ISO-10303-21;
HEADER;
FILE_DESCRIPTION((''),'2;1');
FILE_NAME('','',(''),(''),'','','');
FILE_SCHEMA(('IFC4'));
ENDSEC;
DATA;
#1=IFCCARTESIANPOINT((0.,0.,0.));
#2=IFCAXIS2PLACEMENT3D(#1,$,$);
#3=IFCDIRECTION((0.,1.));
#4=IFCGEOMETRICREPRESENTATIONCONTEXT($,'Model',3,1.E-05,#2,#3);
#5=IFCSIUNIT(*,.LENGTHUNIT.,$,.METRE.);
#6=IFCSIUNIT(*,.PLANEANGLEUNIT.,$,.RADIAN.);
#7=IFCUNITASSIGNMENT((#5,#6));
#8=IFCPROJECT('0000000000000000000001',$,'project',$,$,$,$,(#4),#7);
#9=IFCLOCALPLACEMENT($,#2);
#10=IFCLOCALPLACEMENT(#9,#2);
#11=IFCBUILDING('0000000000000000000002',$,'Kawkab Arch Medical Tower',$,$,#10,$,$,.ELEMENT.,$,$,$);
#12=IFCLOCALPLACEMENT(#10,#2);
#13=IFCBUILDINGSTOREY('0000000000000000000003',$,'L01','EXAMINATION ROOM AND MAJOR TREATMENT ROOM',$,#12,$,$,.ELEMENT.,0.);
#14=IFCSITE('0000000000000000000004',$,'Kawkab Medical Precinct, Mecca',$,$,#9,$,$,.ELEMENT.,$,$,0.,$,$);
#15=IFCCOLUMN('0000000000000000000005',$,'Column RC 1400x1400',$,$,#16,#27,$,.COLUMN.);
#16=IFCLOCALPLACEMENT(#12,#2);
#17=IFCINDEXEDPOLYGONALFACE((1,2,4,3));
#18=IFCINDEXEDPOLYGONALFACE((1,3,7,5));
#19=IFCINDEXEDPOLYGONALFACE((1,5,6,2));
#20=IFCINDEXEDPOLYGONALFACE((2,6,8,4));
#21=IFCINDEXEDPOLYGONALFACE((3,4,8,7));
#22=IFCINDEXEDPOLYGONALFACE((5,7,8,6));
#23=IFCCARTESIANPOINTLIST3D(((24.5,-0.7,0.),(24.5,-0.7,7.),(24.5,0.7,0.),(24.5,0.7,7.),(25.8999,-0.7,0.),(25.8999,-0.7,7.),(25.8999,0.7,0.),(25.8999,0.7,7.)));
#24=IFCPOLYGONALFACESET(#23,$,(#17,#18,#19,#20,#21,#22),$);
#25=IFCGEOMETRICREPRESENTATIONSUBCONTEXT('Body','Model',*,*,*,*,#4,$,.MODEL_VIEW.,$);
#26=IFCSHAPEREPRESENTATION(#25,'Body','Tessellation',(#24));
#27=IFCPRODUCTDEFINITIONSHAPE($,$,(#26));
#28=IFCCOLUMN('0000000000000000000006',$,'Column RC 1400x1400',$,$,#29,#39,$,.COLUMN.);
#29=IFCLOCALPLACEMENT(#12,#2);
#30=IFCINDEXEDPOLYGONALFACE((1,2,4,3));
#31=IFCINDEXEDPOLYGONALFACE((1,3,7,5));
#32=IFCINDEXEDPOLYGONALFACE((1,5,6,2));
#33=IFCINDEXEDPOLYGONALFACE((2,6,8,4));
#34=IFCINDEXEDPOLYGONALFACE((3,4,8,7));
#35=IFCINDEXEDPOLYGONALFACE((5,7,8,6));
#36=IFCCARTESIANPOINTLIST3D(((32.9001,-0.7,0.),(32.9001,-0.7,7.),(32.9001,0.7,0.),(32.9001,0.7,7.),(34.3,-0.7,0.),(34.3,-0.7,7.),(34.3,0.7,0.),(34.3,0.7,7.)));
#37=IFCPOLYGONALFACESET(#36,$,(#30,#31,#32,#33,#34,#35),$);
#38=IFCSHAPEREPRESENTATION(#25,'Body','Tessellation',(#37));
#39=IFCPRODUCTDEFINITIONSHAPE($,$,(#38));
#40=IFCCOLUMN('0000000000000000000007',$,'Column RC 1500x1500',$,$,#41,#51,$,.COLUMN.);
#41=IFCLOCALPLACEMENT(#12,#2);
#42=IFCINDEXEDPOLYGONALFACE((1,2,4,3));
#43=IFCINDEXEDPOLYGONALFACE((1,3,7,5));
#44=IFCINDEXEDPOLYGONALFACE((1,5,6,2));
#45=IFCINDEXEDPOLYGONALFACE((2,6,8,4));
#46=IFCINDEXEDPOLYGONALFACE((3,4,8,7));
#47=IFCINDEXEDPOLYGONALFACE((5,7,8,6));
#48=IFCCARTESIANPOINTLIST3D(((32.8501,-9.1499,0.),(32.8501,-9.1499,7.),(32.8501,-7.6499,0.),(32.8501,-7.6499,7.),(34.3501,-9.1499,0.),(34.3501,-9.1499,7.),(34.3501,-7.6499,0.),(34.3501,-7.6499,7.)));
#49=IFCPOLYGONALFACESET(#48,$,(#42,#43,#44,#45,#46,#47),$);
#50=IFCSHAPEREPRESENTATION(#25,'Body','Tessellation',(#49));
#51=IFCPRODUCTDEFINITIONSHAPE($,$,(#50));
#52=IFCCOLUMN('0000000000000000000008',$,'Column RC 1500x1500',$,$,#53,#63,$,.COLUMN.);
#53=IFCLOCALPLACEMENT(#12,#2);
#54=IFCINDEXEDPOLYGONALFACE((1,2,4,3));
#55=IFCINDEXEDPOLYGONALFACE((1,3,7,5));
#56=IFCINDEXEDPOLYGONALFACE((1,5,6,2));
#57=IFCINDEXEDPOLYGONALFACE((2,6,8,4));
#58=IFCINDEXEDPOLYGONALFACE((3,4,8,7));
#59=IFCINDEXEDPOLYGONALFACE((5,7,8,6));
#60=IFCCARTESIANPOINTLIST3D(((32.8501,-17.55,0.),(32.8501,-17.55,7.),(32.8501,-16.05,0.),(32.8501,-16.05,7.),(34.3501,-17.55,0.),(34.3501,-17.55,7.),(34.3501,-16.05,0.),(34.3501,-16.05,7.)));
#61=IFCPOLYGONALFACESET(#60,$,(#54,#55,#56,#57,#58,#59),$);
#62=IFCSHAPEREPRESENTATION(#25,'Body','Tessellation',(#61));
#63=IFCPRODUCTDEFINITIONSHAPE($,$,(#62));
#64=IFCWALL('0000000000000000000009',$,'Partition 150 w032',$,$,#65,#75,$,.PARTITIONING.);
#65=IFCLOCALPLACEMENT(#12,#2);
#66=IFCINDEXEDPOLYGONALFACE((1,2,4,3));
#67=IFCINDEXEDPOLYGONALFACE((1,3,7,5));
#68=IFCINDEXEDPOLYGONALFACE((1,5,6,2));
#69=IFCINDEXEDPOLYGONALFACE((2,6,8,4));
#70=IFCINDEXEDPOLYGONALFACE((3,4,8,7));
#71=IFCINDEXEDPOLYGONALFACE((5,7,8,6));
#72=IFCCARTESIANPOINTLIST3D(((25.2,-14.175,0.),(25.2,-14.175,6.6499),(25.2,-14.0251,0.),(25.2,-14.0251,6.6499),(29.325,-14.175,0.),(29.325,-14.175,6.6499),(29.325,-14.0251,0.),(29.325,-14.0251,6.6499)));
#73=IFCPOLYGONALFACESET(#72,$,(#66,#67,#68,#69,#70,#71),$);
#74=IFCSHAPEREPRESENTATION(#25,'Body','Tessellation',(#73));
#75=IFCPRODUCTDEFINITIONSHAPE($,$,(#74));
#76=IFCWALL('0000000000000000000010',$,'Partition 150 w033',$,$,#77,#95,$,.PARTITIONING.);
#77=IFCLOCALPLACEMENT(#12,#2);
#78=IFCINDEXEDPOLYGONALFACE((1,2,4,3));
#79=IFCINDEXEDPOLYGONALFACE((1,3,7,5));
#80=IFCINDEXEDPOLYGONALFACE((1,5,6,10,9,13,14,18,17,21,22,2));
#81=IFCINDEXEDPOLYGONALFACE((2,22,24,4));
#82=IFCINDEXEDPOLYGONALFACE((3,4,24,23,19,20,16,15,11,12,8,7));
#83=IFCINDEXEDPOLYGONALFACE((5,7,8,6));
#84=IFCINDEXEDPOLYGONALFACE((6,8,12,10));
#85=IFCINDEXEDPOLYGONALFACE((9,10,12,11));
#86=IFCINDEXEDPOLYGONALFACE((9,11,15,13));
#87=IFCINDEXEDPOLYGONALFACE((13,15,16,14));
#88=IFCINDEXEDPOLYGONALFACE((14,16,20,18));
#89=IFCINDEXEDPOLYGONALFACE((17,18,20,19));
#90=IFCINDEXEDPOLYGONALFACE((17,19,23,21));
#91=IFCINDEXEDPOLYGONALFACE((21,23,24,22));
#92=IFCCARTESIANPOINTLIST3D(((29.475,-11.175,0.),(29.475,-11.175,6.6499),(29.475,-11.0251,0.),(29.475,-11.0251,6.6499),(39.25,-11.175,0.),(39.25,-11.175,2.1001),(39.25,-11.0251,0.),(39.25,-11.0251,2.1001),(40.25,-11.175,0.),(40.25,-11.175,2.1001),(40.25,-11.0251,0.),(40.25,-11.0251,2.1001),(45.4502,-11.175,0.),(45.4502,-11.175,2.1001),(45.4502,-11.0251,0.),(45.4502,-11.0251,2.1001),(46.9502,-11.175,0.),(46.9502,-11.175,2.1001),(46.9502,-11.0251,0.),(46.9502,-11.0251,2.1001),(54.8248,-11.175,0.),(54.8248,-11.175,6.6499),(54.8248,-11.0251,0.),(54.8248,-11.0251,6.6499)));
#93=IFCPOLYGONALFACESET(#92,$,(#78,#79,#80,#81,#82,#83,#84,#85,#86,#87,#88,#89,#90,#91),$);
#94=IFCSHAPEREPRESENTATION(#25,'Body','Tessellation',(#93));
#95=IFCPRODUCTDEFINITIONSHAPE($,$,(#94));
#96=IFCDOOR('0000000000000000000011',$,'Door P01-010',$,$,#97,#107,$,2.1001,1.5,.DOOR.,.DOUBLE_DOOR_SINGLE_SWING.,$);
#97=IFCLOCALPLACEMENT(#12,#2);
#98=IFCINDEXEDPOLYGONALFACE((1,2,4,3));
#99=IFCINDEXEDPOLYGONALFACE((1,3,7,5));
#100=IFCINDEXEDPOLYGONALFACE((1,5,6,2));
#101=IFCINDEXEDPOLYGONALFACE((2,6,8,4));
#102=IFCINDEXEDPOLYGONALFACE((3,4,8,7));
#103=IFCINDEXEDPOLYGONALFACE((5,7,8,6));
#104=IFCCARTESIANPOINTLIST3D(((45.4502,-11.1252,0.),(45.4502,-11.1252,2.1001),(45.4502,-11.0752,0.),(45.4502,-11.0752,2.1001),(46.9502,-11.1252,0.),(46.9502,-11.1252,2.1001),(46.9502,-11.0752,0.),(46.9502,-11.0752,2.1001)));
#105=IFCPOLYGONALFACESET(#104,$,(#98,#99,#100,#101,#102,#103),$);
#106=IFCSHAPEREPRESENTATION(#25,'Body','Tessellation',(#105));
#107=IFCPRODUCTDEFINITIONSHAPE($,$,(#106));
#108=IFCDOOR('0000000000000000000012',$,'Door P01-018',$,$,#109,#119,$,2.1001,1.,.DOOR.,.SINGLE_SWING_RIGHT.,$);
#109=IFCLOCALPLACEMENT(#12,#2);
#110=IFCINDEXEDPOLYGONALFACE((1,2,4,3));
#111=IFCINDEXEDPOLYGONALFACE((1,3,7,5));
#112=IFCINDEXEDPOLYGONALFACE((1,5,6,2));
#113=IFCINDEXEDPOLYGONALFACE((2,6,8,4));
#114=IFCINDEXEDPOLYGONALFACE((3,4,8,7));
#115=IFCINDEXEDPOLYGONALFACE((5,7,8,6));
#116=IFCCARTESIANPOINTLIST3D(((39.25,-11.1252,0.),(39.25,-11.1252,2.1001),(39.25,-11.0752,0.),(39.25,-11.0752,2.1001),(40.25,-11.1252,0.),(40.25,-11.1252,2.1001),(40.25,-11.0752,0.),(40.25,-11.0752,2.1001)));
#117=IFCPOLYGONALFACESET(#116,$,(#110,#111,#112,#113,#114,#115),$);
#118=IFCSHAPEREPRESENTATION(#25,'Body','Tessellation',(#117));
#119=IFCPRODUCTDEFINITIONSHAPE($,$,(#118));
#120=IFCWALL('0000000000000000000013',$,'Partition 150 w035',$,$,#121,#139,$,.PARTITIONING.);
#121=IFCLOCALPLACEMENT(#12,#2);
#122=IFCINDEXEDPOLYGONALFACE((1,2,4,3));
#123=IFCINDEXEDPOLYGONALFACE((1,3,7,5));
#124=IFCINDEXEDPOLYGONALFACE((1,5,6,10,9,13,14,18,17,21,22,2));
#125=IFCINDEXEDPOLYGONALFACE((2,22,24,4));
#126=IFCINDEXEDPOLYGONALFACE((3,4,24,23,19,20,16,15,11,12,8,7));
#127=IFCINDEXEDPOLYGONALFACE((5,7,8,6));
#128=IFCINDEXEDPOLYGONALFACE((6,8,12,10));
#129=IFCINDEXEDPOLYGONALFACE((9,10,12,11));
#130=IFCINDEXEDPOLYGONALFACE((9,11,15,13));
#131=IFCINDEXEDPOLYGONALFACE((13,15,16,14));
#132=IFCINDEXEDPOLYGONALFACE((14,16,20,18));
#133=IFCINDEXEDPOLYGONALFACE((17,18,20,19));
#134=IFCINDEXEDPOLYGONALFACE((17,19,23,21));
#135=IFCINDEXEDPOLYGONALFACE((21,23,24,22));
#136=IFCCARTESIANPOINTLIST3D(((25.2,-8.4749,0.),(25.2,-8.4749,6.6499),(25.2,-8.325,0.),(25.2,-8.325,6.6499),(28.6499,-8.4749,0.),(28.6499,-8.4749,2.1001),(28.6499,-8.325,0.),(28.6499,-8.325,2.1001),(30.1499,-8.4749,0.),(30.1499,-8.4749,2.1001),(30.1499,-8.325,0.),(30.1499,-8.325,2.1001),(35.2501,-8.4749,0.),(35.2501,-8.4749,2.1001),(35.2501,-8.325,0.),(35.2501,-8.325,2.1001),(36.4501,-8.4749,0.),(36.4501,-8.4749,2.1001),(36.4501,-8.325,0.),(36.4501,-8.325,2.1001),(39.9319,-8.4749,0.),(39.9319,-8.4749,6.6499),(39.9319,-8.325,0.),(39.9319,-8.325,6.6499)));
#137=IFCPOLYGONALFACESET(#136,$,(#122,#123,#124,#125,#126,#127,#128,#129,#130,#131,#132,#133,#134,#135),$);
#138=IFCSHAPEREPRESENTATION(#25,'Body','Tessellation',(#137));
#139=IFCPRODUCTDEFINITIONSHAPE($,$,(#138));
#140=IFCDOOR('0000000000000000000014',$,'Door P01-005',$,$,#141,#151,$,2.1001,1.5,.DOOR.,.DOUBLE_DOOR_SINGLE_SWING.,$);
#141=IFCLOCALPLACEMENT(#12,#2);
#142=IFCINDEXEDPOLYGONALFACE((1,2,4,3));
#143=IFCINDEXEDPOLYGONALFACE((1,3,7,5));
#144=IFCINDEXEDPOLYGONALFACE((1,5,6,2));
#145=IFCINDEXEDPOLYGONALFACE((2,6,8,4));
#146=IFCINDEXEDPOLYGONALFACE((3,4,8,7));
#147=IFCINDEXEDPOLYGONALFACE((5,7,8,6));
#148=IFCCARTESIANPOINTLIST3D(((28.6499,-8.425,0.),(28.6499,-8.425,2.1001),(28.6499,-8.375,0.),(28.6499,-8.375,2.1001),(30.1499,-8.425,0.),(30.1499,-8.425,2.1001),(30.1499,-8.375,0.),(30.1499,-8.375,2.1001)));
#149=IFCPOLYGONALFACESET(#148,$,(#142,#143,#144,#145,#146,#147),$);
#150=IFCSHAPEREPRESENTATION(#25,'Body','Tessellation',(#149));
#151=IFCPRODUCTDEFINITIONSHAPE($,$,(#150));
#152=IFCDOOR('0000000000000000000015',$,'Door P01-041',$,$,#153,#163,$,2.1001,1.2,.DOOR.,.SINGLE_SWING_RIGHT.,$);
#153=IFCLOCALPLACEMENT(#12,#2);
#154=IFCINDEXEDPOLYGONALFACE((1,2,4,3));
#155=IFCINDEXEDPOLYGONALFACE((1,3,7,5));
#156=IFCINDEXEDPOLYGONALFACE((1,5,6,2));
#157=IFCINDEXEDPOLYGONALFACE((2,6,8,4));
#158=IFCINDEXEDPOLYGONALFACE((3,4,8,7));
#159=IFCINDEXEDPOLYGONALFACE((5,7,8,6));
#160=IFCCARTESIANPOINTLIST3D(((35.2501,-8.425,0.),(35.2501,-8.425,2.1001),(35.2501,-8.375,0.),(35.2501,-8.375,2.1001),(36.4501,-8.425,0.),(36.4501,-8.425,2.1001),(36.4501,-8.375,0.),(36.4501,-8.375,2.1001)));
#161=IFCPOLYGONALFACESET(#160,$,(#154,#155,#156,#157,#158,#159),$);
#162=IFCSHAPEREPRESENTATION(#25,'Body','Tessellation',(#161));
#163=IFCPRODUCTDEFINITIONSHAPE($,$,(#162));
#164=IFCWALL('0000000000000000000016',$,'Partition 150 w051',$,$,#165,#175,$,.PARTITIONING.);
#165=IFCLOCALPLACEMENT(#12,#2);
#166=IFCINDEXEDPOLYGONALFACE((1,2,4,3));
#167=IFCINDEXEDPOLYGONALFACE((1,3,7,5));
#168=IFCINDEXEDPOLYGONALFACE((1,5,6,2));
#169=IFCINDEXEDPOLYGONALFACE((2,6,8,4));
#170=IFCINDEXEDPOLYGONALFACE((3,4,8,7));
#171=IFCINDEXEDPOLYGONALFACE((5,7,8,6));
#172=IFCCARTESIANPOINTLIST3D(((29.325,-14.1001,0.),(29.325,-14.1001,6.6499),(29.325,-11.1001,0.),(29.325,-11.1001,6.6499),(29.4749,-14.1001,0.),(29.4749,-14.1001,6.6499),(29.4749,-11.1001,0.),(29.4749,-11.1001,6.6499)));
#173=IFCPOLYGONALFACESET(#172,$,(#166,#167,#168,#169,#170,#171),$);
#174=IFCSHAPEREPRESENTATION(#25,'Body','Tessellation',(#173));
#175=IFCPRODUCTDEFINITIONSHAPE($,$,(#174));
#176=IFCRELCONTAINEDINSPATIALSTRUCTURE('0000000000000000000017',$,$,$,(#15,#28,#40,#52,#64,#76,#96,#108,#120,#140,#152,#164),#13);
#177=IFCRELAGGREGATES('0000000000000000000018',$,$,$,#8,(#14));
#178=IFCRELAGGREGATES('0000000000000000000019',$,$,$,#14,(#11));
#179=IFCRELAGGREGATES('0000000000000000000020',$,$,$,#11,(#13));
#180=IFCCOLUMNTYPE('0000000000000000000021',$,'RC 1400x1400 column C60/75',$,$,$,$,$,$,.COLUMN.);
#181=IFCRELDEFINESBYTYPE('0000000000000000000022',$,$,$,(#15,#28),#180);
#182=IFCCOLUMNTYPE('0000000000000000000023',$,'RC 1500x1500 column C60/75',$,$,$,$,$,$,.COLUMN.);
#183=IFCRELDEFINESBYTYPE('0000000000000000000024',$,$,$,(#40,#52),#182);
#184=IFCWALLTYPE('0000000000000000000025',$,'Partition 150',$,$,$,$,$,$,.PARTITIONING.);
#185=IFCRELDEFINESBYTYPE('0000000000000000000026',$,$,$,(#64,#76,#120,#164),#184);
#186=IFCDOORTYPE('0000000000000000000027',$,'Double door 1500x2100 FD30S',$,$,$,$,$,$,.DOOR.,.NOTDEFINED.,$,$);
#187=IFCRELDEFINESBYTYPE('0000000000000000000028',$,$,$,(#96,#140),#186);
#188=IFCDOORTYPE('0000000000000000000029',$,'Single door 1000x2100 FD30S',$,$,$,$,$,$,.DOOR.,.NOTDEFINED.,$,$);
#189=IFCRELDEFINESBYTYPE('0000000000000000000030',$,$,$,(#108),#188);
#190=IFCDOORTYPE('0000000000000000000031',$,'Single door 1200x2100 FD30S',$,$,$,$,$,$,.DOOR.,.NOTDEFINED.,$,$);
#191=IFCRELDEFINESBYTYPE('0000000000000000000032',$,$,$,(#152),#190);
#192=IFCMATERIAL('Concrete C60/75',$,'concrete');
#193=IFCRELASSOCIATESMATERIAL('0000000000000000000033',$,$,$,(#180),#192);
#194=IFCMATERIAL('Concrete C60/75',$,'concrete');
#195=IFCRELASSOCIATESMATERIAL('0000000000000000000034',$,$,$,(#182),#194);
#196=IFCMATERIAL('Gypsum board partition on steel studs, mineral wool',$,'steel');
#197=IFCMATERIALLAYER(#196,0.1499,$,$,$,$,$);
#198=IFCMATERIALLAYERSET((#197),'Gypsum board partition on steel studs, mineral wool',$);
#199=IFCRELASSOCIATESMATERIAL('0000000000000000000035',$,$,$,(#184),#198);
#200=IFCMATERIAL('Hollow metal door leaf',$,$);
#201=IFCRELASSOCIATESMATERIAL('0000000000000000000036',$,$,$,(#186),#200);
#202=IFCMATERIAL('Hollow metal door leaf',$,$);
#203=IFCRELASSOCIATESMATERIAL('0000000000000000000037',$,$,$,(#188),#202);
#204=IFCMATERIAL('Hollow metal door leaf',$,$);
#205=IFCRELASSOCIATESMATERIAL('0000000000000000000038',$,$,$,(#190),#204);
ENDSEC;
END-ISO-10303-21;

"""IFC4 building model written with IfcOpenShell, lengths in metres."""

from ifc_helpers import new_model, si_unit, direction, frame, frame_2d, origin, origin_2d, place, context, subcontext, project, spatial, rectangle, extrude, material, layer, layer_set, material_profile, profile_set, type_object, element, fill, save


model = new_model("IFC4")

# Units and contexts
model_context = context("Model", 3, precision=1e-05, world=origin(), true_north=direction((0.0, 1.0)))
body_context = subcontext(model_context, "Body", "Model", "MODEL_VIEW")
ifc_project = project(units=[si_unit("LENGTHUNIT", "METRE"), si_unit("PLANEANGLEUNIT", "RADIAN")], contexts=[model_context])

# Site, building, storey
site_placement = place(None, origin())
site = spatial("IfcSite", under=ifc_project, at=site_placement, Name="Kawkab Medical Precinct, Mecca", CompositionType="ELEMENT", RefElevation=0.0)
building_placement = place(site_placement, origin())
building = spatial("IfcBuilding", under=site, at=building_placement, Name="Kawkab Arch Medical Tower", CompositionType="ELEMENT")
storey_placement = place(building_placement, origin())
storey = spatial("IfcBuildingStorey", under=building, at=storey_placement, Name="L01", Description="EXAMINATION ROOM AND MAJOR TREATMENT ROOM", CompositionType="ELEMENT", Elevation=0.0)

# Columns
ifc_material_1 = material(Name="Concrete C60/75", Category="concrete")
ifc_material_profile_1 = material_profile(ifc_material_1, rectangle(XDim=1.3999, YDim=1.3999, at=origin_2d()), Name="RC 1400x1400")
ifc_profile_set_1 = profile_set([ifc_material_profile_1], Name="Concrete C60/75")
column_type_1 = type_object("IfcColumnType", Name="RC 1400x1400 column C60/75", PredefinedType="COLUMN", material=ifc_profile_set_1)
for number, where, z_axis, x_axis, name in (
    (1, (25.2, 0.0, 0.0), (0.0, 0.0, 1.0), (1.0, 0.0, 0.0), "Column RC 1400x1400"),
    (2, (33.6001, 0.0, 0.0), (0.0, 0.0, 1.0), (1.0, 0.0, 0.0), "Column RC 1400x1400"),
):
    element("IfcColumn", number, at=place(storey_placement, frame(where, z_axis=z_axis, x_axis=x_axis)), inside=storey, type_object=column_type_1, Name=name, PredefinedType="COLUMN", context=body_context, shape_type="SweptSolid", body=[
        extrude(rectangle(XDim=1.3999, YDim=1.3999, at=origin_2d()), origin(), (0.0, 0.0, 1.0), 7.0),
    ])
ifc_material_2 = material(Name="Concrete C60/75", Category="concrete")
ifc_material_profile_2 = material_profile(ifc_material_2, rectangle(XDim=1.5, YDim=1.5, at=origin_2d()), Name="RC 1500x1500")
ifc_profile_set_2 = profile_set([ifc_material_profile_2], Name="Concrete C60/75")
column_type_2 = type_object("IfcColumnType", Name="RC 1500x1500 column C60/75", PredefinedType="COLUMN", material=ifc_profile_set_2)
for number, where, z_axis, x_axis, name in (
    (3, (33.6001, -8.3999, 0.0), (0.0, 0.0, 1.0), (1.0, 0.0, 0.0), "Column RC 1500x1500"),
    (4, (33.6001, -16.8, 0.0), (0.0, 0.0, 1.0), (1.0, 0.0, 0.0), "Column RC 1500x1500"),
):
    element("IfcColumn", number, at=place(storey_placement, frame(where, z_axis=z_axis, x_axis=x_axis)), inside=storey, type_object=column_type_2, Name=name, PredefinedType="COLUMN", context=body_context, shape_type="SweptSolid", body=[
        extrude(rectangle(XDim=1.5, YDim=1.5, at=origin_2d()), origin(), (0.0, 0.0, 1.0), 7.0),
    ])

# Wall
ifc_material_3 = material(Name="Gypsum board partition on steel studs, mineral wool", Category="steel")
ifc_layer_1 = layer(ifc_material_3, 0.1499)
ifc_layer_set_1 = layer_set([ifc_layer_1], Name="Gypsum board partition on steel studs, mineral wool")
wall_type_1 = type_object("IfcWallType", Name="Partition 150", PredefinedType="PARTITIONING", material=ifc_layer_set_1)
wall_1_placement = place(storey_placement, frame((25.2, -14.1001, 0.0), z_axis=(0.0, 0.0, 1.0), x_axis=(1.0, 0.0, 0.0)))
element("IfcWall", 5, at=wall_1_placement, inside=storey, type_object=wall_type_1, Name="Partition 150 w032", PredefinedType="PARTITIONING", context=body_context, shape_type="SweptSolid", body=[
    extrude(rectangle(XDim=4.125, YDim=0.1499, at=frame_2d((2.0625, 0.0))), origin(), (0.0, 0.0, 1.0), 6.6499),
])

# Walls, openings, doors
wall_2_placement = place(storey_placement, frame((29.4751, -11.1001, 0.0), z_axis=(0.0, 0.0, 1.0), x_axis=(1.0, 0.0, 0.0)))
wall_2 = element("IfcWall", 6, at=wall_2_placement, inside=storey, type_object=wall_type_1, Name="Partition 150 w033", PredefinedType="PARTITIONING", context=body_context, shape_type="SweptSolid", body=[
    extrude(rectangle(XDim=25.3499, YDim=0.1499, at=frame_2d((12.6748, 0.0))), origin(), (0.0, 0.0, 1.0), 6.6499),
])
opening_1_placement = place(wall_2_placement, frame((9.7749, 0.0, 0.0)))
opening_1 = element("IfcOpeningElement", 7, at=opening_1_placement, cuts=wall_2, PredefinedType="OPENING", context=body_context, shape_type="SweptSolid", body=[
    extrude(rectangle(XDim=1.0, YDim=2.1001, at=frame_2d((0.5, 1.05))), frame((0.0, 0.085, 0.0), z_axis=(0.0, -1.0, 0.0), x_axis=(1.0, 0.0, 0.0)), (0.0, 0.0, 1.0), 0.1699),
])
opening_2_placement = place(wall_2_placement, frame((15.9751, 0.0, 0.0)))
opening_2 = element("IfcOpeningElement", 8, at=opening_2_placement, cuts=wall_2, PredefinedType="OPENING", context=body_context, shape_type="SweptSolid", body=[
    extrude(rectangle(XDim=1.5, YDim=2.1001, at=frame_2d((0.75, 1.05))), frame((0.0, 0.085, 0.0), z_axis=(0.0, -1.0, 0.0), x_axis=(1.0, 0.0, 0.0)), (0.0, 0.0, 1.0), 0.1699),
])
ifc_material_4 = material(Name="Hollow metal door leaf")
door_type_1 = type_object("IfcDoorType", Name="Double door 1500x2100 FD30S", OperationType="NOTDEFINED", PredefinedType="DOOR", material=ifc_material_4)
door_1_placement = place(opening_2_placement, origin())
door_1 = element("IfcDoor", 9, at=door_1_placement, inside=storey, type_object=door_type_1, Name="Door P01-010", OperationType="DOUBLE_DOOR_SINGLE_SWING", OverallHeight=2.1001, OverallWidth=1.5, PredefinedType="DOOR", context=body_context, shape_type="SweptSolid", body=[
    extrude(rectangle(XDim=1.5, YDim=2.1001, at=frame_2d((0.75, 1.05))), frame((0.0, 0.0249, 0.0), z_axis=(0.0, -1.0, 0.0), x_axis=(1.0, 0.0, 0.0)), (0.0, 0.0, 1.0), 0.05),
])
fill(opening_2, door_1)
ifc_material_5 = material(Name="Hollow metal door leaf")
door_type_2 = type_object("IfcDoorType", Name="Single door 1000x2100 FD30S", OperationType="NOTDEFINED", PredefinedType="DOOR", material=ifc_material_5)
door_2_placement = place(opening_1_placement, origin())
door_2 = element("IfcDoor", 10, at=door_2_placement, inside=storey, type_object=door_type_2, Name="Door P01-018", OperationType="SINGLE_SWING_RIGHT", OverallHeight=2.1001, OverallWidth=1.0, PredefinedType="DOOR", context=body_context, shape_type="SweptSolid", body=[
    extrude(rectangle(XDim=1.0, YDim=2.1001, at=frame_2d((0.5, 1.05))), frame((0.0, 0.0249, 0.0), z_axis=(0.0, -1.0, 0.0), x_axis=(1.0, 0.0, 0.0)), (0.0, 0.0, 1.0), 0.05),
])
fill(opening_1, door_2)
wall_3_placement = place(storey_placement, frame((25.2, -8.3999, 0.0), z_axis=(0.0, 0.0, 1.0), x_axis=(1.0, 0.0, 0.0)))
wall_3 = element("IfcWall", 11, at=wall_3_placement, inside=storey, type_object=wall_type_1, Name="Partition 150 w035", PredefinedType="PARTITIONING", context=body_context, shape_type="SweptSolid", body=[
    extrude(rectangle(XDim=14.7319, YDim=0.1499, at=frame_2d((7.366, 0.0))), origin(), (0.0, 0.0, 1.0), 6.6499),
])
opening_3_placement = place(wall_3_placement, frame((3.45, 0.0, 0.0)))
opening_3 = element("IfcOpeningElement", 12, at=opening_3_placement, cuts=wall_3, PredefinedType="OPENING", context=body_context, shape_type="SweptSolid", body=[
    extrude(rectangle(XDim=1.5, YDim=2.1001, at=frame_2d((0.75, 1.05))), frame((0.0, 0.085, 0.0), z_axis=(0.0, -1.0, 0.0), x_axis=(1.0, 0.0, 0.0)), (0.0, 0.0, 1.0), 0.1699),
])
opening_4_placement = place(wall_3_placement, frame((10.05, 0.0, 0.0)))
opening_4 = element("IfcOpeningElement", 13, at=opening_4_placement, cuts=wall_3, PredefinedType="OPENING", context=body_context, shape_type="SweptSolid", body=[
    extrude(rectangle(XDim=1.2, YDim=2.1001, at=frame_2d((0.6001, 1.05))), frame((0.0, 0.085, 0.0), z_axis=(0.0, -1.0, 0.0), x_axis=(1.0, 0.0, 0.0)), (0.0, 0.0, 1.0), 0.1699),
])
door_3_placement = place(opening_3_placement, origin())
door_3 = element("IfcDoor", 14, at=door_3_placement, inside=storey, type_object=door_type_1, Name="Door P01-005", OperationType="DOUBLE_DOOR_SINGLE_SWING", OverallHeight=2.1001, OverallWidth=1.5, PredefinedType="DOOR", context=body_context, shape_type="SweptSolid", body=[
    extrude(rectangle(XDim=1.5, YDim=2.1001, at=frame_2d((0.75, 1.05))), frame((0.0, 0.0249, 0.0), z_axis=(0.0, -1.0, 0.0), x_axis=(1.0, 0.0, 0.0)), (0.0, 0.0, 1.0), 0.05),
])
fill(opening_3, door_3)
ifc_material_6 = material(Name="Hollow metal door leaf")
door_type_3 = type_object("IfcDoorType", Name="Single door 1200x2100 FD30S", OperationType="NOTDEFINED", PredefinedType="DOOR", material=ifc_material_6)
door_4_placement = place(opening_4_placement, origin())
door_4 = element("IfcDoor", 15, at=door_4_placement, inside=storey, type_object=door_type_3, Name="Door P01-041", OperationType="SINGLE_SWING_RIGHT", OverallHeight=2.1001, OverallWidth=1.2, PredefinedType="DOOR", context=body_context, shape_type="SweptSolid", body=[
    extrude(rectangle(XDim=1.2, YDim=2.1001, at=frame_2d((0.6001, 1.05))), frame((0.0, 0.0249, 0.0), z_axis=(0.0, -1.0, 0.0), x_axis=(1.0, 0.0, 0.0)), (0.0, 0.0, 1.0), 0.05),
])
fill(opening_4, door_4)

# Wall
wall_4_placement = place(storey_placement, frame((29.3999, -14.1001, 0.0), z_axis=(0.0, 0.0, 1.0), x_axis=(0.0, 1.0, 0.0)))
element("IfcWall", 16, at=wall_4_placement, inside=storey, type_object=wall_type_1, Name="Partition 150 w051", PredefinedType="PARTITIONING", context=body_context, shape_type="SweptSolid", body=[
    extrude(rectangle(XDim=3.0, YDim=0.1499, at=frame_2d((1.5, 0.0))), origin(), (0.0, 0.0, 1.0), 6.6499),
])

save(model, "model.ifc")
